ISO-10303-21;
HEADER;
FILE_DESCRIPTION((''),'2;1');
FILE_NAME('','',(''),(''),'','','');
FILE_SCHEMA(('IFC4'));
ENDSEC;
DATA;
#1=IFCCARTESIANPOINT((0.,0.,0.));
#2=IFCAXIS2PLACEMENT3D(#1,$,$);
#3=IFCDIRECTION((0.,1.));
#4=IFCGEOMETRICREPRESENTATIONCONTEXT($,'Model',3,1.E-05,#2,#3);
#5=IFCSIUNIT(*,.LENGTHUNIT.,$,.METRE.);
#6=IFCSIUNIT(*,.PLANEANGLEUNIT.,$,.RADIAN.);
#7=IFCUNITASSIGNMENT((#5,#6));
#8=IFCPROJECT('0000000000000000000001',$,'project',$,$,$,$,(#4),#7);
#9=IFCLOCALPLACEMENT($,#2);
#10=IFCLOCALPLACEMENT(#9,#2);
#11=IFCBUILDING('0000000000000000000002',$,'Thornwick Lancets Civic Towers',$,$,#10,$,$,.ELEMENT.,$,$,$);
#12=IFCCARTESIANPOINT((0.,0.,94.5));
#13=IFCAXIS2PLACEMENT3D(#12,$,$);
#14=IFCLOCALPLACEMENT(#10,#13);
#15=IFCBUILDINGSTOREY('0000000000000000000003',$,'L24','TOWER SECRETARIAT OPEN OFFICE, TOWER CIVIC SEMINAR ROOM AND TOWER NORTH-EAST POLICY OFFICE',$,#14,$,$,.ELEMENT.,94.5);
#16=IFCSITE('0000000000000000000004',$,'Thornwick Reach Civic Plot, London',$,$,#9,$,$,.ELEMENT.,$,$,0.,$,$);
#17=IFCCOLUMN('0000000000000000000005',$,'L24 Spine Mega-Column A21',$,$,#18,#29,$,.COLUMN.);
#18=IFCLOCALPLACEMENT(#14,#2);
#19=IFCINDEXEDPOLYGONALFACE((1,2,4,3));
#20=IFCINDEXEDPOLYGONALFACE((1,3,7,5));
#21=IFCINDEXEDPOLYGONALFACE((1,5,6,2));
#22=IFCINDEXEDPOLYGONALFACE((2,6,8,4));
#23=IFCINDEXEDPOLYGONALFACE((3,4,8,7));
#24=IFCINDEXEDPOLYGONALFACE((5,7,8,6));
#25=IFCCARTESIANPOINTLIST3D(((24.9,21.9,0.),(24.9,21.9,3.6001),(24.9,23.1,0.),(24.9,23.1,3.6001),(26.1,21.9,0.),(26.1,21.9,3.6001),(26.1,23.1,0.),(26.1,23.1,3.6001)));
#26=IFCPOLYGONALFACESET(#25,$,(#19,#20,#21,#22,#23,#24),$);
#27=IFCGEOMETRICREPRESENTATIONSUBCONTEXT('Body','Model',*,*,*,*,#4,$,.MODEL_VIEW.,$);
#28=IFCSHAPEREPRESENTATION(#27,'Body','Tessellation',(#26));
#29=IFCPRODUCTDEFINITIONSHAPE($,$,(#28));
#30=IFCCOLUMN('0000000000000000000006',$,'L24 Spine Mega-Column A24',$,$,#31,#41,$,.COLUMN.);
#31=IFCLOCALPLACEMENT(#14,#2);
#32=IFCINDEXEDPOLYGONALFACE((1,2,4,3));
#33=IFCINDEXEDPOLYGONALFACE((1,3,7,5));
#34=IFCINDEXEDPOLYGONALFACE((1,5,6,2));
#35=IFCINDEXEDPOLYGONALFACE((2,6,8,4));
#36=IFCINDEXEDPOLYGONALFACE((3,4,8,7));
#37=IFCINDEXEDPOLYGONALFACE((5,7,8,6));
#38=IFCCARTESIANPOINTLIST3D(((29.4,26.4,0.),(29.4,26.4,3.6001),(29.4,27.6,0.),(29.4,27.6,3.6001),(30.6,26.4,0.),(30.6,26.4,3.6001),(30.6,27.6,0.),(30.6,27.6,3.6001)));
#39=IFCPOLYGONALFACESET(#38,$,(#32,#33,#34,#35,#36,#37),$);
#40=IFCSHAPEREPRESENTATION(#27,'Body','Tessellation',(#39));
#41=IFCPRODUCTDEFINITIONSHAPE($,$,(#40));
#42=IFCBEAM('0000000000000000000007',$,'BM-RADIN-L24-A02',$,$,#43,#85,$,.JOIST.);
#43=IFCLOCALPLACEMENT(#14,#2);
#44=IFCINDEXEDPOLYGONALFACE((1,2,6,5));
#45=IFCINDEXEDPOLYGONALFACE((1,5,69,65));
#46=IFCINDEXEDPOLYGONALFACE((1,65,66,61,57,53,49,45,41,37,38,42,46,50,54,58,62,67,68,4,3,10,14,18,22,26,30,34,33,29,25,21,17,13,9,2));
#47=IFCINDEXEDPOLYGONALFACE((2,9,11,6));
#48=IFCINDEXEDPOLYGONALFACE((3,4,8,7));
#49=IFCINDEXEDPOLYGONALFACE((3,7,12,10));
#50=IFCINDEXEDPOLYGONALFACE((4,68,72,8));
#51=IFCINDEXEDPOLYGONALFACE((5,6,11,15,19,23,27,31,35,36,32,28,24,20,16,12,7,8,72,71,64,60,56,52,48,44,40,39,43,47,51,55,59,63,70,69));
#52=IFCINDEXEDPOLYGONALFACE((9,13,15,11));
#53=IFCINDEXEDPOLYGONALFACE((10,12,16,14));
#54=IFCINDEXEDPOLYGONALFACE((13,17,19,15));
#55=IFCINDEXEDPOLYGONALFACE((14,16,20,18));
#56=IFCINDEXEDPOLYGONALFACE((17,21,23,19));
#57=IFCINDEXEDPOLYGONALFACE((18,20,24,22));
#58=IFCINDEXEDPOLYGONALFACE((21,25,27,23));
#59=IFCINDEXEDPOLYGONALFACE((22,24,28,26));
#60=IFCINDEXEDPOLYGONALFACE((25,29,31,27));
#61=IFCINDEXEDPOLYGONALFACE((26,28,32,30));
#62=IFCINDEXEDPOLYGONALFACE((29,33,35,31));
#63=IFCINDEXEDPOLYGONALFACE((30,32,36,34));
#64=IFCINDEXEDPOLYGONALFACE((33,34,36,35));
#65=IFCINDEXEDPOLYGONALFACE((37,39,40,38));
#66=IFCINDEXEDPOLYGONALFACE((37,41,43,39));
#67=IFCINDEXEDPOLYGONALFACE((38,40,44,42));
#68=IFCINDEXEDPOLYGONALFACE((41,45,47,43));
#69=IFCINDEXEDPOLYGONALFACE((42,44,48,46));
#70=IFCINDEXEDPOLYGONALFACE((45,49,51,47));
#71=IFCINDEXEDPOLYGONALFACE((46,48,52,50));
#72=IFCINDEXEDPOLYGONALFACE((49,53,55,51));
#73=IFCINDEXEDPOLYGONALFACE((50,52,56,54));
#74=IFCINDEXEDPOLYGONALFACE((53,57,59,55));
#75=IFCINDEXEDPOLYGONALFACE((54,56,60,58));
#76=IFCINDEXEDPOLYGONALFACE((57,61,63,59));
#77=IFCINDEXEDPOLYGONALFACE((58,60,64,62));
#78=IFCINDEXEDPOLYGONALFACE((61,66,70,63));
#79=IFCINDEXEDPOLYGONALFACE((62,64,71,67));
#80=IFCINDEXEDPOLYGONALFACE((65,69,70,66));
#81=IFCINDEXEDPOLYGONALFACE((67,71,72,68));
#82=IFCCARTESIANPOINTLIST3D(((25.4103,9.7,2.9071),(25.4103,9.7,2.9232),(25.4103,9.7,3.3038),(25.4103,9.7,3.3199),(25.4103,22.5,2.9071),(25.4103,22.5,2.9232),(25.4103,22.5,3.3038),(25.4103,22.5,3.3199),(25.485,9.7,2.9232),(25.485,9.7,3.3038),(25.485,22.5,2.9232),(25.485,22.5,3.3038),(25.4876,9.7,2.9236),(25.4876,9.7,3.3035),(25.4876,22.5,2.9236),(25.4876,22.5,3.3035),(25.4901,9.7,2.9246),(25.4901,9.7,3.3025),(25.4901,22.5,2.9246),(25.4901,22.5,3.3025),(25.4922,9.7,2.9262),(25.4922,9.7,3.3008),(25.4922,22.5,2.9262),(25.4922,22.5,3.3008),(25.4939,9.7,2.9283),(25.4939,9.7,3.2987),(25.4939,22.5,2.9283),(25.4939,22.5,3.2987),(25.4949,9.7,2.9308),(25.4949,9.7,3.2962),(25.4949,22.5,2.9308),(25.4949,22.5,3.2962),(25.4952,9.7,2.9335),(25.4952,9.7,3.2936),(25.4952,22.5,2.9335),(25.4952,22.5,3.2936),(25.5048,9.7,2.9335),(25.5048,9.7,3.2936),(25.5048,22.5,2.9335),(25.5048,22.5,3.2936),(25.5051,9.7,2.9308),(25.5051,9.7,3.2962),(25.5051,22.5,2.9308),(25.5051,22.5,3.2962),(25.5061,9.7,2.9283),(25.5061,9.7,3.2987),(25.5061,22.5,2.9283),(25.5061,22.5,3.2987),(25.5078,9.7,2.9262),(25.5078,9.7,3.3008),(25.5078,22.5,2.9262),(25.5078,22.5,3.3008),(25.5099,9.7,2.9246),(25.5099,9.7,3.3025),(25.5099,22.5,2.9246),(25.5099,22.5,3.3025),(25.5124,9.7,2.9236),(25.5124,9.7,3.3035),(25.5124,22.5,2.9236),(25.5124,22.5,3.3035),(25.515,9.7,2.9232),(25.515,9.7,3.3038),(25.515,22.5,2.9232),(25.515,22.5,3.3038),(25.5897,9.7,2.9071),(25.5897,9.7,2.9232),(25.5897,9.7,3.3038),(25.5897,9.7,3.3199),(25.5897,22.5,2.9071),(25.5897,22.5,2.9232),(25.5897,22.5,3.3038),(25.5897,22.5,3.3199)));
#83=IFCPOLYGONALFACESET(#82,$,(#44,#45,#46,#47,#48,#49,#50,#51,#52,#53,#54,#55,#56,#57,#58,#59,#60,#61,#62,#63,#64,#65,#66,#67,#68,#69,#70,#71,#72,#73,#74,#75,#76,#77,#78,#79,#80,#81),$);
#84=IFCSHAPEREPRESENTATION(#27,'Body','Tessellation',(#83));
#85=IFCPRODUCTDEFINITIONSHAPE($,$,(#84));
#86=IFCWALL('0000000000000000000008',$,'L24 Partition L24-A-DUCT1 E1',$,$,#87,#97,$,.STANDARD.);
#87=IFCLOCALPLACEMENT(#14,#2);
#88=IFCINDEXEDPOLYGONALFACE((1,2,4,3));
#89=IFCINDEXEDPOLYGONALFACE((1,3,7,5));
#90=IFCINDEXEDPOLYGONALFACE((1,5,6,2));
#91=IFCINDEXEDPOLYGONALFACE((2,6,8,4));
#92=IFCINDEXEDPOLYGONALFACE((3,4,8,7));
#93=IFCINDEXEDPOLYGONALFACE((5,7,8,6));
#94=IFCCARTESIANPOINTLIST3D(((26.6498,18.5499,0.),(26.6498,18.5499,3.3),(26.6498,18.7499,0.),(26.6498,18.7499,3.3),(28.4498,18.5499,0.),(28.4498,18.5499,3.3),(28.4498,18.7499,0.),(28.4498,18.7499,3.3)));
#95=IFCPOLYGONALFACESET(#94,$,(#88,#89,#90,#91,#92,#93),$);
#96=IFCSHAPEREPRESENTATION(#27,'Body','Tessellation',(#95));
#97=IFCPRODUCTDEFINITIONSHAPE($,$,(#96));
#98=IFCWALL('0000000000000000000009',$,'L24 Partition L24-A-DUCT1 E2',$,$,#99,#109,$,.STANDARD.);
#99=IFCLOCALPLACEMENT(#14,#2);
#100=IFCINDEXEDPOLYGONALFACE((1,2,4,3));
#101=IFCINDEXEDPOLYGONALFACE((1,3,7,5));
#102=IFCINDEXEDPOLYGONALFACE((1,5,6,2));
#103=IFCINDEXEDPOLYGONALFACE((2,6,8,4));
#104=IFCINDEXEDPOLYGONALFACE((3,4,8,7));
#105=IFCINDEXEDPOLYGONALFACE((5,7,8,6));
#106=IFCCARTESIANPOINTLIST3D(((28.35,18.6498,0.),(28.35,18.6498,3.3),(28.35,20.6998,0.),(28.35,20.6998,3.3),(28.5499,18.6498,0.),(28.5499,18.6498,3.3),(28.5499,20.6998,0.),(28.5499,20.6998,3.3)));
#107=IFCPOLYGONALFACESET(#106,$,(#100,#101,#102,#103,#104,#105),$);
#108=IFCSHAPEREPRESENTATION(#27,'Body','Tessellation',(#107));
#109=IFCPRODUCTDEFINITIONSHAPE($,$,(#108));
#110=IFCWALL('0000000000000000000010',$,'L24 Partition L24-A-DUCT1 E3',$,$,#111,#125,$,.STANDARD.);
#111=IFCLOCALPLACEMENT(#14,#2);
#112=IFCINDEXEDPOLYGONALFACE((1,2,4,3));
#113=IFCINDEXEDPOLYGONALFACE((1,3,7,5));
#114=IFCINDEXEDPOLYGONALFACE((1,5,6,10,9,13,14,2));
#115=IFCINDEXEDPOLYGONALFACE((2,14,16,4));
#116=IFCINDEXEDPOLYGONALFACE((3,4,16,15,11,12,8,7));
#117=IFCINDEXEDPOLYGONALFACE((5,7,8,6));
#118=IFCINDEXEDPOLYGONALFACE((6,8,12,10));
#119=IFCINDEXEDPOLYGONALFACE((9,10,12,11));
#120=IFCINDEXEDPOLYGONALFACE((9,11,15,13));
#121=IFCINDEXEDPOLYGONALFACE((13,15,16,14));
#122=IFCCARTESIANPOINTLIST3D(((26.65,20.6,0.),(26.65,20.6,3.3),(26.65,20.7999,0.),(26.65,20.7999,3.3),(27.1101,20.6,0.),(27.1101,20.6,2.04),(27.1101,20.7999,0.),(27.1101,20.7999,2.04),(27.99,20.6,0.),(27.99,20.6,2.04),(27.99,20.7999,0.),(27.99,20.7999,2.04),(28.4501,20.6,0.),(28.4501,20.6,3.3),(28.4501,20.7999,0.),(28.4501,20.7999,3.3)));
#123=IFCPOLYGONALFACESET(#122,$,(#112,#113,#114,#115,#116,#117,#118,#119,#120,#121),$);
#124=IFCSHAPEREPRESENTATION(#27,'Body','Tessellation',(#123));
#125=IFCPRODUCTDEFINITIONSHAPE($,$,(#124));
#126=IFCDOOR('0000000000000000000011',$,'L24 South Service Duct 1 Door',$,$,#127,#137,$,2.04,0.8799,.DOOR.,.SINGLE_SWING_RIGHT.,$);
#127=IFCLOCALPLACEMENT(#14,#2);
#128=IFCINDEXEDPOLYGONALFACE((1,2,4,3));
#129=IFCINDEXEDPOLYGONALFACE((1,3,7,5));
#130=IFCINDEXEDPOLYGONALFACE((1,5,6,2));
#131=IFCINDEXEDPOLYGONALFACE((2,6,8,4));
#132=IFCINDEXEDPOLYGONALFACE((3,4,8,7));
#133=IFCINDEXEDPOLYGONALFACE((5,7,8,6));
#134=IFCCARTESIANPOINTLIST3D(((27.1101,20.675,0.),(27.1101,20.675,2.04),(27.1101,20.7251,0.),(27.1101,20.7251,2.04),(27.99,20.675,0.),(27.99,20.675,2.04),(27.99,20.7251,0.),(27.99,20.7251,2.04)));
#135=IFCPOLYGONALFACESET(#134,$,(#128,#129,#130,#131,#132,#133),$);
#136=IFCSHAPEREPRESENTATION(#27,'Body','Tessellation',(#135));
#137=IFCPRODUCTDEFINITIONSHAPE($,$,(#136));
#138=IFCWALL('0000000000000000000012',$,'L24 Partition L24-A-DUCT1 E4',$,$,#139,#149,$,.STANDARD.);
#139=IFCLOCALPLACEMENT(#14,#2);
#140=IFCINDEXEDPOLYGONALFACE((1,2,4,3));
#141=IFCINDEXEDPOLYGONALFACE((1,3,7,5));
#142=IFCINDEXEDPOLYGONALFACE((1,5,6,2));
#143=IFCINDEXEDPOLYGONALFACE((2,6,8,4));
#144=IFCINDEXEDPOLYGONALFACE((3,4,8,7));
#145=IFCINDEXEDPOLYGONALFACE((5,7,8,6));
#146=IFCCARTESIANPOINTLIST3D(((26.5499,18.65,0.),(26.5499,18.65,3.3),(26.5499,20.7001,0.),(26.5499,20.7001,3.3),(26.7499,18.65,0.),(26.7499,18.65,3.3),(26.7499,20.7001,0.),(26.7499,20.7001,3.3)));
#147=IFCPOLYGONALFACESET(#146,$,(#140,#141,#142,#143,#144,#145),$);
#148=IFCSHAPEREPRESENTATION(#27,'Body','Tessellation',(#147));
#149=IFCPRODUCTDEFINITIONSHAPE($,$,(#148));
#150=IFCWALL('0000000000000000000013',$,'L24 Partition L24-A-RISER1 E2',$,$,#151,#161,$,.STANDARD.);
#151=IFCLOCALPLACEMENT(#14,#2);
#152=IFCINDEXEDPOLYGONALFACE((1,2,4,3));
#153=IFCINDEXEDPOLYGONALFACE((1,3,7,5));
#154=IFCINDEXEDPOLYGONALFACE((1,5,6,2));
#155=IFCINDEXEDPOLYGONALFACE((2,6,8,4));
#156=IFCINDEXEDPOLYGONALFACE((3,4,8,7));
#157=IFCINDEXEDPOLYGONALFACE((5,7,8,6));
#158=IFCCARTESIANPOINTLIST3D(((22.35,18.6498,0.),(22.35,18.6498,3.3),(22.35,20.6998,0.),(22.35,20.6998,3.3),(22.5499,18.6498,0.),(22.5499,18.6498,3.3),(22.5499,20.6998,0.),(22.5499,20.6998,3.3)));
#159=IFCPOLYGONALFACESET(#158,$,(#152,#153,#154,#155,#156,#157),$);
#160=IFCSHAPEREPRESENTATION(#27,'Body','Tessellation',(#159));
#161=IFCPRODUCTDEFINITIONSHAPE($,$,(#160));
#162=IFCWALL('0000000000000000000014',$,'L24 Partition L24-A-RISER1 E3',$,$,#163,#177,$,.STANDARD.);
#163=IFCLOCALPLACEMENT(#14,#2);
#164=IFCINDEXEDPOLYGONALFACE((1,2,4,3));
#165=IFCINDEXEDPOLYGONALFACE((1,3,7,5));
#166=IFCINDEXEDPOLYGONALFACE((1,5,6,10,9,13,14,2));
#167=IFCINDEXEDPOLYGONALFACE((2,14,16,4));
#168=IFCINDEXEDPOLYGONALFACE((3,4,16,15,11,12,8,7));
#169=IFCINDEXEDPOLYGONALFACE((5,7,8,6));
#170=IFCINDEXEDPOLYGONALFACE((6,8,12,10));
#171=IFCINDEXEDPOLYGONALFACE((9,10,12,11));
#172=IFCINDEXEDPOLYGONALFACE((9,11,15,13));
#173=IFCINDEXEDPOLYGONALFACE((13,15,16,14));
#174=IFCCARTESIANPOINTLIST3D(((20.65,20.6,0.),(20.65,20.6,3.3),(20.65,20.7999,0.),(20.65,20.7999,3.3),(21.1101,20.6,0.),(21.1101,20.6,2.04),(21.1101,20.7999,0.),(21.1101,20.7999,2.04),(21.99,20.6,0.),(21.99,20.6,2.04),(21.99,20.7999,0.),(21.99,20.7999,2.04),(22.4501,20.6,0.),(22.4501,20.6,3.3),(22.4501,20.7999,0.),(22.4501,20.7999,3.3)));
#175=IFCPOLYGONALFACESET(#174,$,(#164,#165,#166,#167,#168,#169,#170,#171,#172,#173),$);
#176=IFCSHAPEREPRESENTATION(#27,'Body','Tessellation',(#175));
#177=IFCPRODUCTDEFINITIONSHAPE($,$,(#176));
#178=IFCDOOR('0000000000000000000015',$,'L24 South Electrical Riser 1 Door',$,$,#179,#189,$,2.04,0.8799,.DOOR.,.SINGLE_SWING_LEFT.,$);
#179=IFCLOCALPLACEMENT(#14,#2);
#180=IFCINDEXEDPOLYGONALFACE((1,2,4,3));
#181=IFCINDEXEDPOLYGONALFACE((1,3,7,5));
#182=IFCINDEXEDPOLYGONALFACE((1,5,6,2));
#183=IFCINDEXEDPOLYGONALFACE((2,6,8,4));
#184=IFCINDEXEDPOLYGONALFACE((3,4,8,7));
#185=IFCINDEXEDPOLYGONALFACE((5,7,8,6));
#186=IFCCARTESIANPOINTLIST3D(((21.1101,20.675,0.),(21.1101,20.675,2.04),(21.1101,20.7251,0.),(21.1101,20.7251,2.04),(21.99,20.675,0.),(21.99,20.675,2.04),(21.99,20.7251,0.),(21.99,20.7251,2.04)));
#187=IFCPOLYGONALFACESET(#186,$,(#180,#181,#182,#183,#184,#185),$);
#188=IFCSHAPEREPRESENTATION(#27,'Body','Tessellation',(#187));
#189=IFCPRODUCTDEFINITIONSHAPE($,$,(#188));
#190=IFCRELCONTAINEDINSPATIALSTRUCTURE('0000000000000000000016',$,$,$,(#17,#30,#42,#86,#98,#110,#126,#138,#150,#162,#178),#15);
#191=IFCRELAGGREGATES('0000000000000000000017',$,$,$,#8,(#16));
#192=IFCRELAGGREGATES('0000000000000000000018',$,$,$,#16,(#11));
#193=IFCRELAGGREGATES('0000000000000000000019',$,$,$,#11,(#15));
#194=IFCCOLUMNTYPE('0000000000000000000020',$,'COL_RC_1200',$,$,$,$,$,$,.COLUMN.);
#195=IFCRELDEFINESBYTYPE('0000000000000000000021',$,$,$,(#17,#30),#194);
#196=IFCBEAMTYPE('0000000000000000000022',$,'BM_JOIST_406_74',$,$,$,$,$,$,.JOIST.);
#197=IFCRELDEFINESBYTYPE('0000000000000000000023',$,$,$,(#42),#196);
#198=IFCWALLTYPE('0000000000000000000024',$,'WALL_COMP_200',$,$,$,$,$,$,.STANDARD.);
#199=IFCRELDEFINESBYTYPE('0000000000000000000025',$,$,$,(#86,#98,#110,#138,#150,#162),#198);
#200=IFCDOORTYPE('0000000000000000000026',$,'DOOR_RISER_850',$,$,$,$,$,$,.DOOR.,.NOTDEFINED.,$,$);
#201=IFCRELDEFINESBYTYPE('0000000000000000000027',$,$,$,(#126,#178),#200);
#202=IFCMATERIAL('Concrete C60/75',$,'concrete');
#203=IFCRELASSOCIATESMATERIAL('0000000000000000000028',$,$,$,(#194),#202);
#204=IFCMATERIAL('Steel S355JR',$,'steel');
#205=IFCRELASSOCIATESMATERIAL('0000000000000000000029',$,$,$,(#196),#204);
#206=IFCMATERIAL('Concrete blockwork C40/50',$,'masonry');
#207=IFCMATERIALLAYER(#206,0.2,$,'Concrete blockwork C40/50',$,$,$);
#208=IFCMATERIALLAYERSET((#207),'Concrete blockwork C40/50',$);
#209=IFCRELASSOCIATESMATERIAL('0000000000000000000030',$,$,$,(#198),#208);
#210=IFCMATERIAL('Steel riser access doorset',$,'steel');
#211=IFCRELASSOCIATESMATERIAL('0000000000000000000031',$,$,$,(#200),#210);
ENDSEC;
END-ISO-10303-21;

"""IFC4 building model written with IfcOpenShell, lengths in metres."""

from ifc_helpers import new_model, si_unit, direction, frame, frame_2d, origin, origin_2d, place, context, subcontext, project, spatial, rectangle, i_section, extrude, material, layer, layer_set, material_profile, profile_set, type_object, element, fill, save


model = new_model("IFC4")

# Units and contexts
model_context = context("Model", 3, precision=1e-05, world=origin(), true_north=direction((0.0, 1.0)))
body_context = subcontext(model_context, "Body", "Model", "MODEL_VIEW")
ifc_project = project(units=[si_unit("LENGTHUNIT", "METRE"), si_unit("PLANEANGLEUNIT", "RADIAN")], contexts=[model_context])

# Site, building, storey
site_placement = place(None, origin())
site = spatial("IfcSite", under=ifc_project, at=site_placement, Name="Thornwick Reach Civic Plot, London", CompositionType="ELEMENT", RefElevation=0.0)
building_placement = place(site_placement, origin())
building = spatial("IfcBuilding", under=site, at=building_placement, Name="Thornwick Lancets Civic Towers", CompositionType="ELEMENT")
storey_placement = place(building_placement, frame((0.0, 0.0, 94.5)))
storey = spatial("IfcBuildingStorey", under=building, at=storey_placement, Name="L24", Description="TOWER SECRETARIAT OPEN OFFICE, TOWER CIVIC SEMINAR ROOM AND TOWER NORTH-EAST POLICY OFFICE", CompositionType="ELEMENT", Elevation=94.5)

# Columns
ifc_material_1 = material(Name="Concrete C60/75", Category="concrete")
ifc_material_profile_1 = material_profile(ifc_material_1, rectangle(XDim=1.2, YDim=1.2, at=origin_2d()), Name="RC 1200x1200")
ifc_profile_set_1 = profile_set([ifc_material_profile_1], Name="Concrete C60/75")
column_type = type_object("IfcColumnType", Name="COL_RC_1200", PredefinedType="COLUMN", material=ifc_profile_set_1)
for number, where, z_axis, x_axis, name in (
    (1, (25.5, 22.5, 0.0), (0.0, 0.0, 1.0), (1.0, 0.0, 0.0), "L24 Spine Mega-Column A21"),
    (2, (30.0, 27.0, 0.0), (0.0, 0.0, 1.0), (1.0, 0.0, 0.0), "L24 Spine Mega-Column A24"),
):
    element("IfcColumn", number, at=place(storey_placement, frame(where, z_axis=z_axis, x_axis=x_axis)), inside=storey, type_object=column_type, Name=name, PredefinedType="COLUMN", context=body_context, shape_type="SweptSolid", body=[
        extrude(rectangle(XDim=1.2, YDim=1.2, at=origin_2d()), origin(), (0.0, 0.0, 1.0), 3.6001),
    ])

# Beam
ifc_material_2 = material(Name="Steel S355JR", Category="steel")
ifc_material_profile_2 = material_profile(ifc_material_2, i_section(OverallWidth=0.1794, OverallDepth=0.4128, WebThickness=0.0095, FlangeThickness=0.0161, FilletRadius=0.0103, at=origin_2d()), Name="UKB 406x178x74")
ifc_profile_set_2 = profile_set([ifc_material_profile_2], Name="Steel S355JR")
beam_type = type_object("IfcBeamType", Name="BM_JOIST_406_74", PredefinedType="JOIST", material=ifc_profile_set_2)
beam_placement = place(storey_placement, frame((25.5, 22.5, 3.1135), z_axis=(0.0, -1.0, 0.0), x_axis=(1.0, 0.0, 0.0)))
element("IfcBeam", 3, at=beam_placement, inside=storey, type_object=beam_type, Name="BM-RADIN-L24-A02", PredefinedType="JOIST", context=body_context, shape_type="SweptSolid", body=[
    extrude(i_section(OverallWidth=0.1794, OverallDepth=0.4128, WebThickness=0.0095, FlangeThickness=0.0161, FilletRadius=0.0103, at=origin_2d()), origin(), (0.0, 0.0, 1.0), 12.8),
])

# Walls
ifc_material_3 = material(Name="Concrete blockwork C40/50", Category="masonry")
ifc_layer_1 = layer(ifc_material_3, 0.2, Name="Concrete blockwork C40/50")
ifc_layer_set_1 = layer_set([ifc_layer_1], Name="Concrete blockwork C40/50")
wall_type_1 = type_object("IfcWallType", Name="WALL_COMP_200", PredefinedType="STANDARD", material=ifc_layer_set_1)
wall_1_placement = place(storey_placement, frame((26.6499, 18.6499, 0.0), z_axis=(0.0, 0.0, 1.0), x_axis=(1.0, 0.0, 0.0)))
element("IfcWall", 4, at=wall_1_placement, inside=storey, type_object=wall_type_1, Name="L24 Partition L24-A-DUCT1 E1", PredefinedType="STANDARD", context=body_context, shape_type="SweptSolid", body=[
    extrude(rectangle(XDim=1.8, YDim=0.2, at=frame_2d((0.8999, 0.0))), origin(), (0.0, 0.0, 1.0), 3.3),
])
wall_2_placement = place(storey_placement, frame((28.45, 18.6499, 0.0), z_axis=(0.0, 0.0, 1.0), x_axis=(0.0, 1.0, 0.0)))
element("IfcWall", 5, at=wall_2_placement, inside=storey, type_object=wall_type_1, Name="L24 Partition L24-A-DUCT1 E2", PredefinedType="STANDARD", context=body_context, shape_type="SweptSolid", body=[
    extrude(rectangle(XDim=2.05, YDim=0.2, at=frame_2d((1.0249, 0.0))), origin(), (0.0, 0.0, 1.0), 3.3),
])

# Wall, opening, door
wall_3_placement = place(storey_placement, frame((28.45, 20.7, 0.0), z_axis=(0.0, 0.0, 1.0), x_axis=(-1.0, 0.0, 0.0)))
wall_3 = element("IfcWall", 6, at=wall_3_placement, inside=storey, type_object=wall_type_1, Name="L24 Partition L24-A-DUCT1 E3", PredefinedType="STANDARD", context=body_context, shape_type="SweptSolid", body=[
    extrude(rectangle(XDim=1.8, YDim=0.2, at=frame_2d((0.8999, 0.0))), origin(), (0.0, 0.0, 1.0), 3.3),
])
opening_1_placement = place(wall_3_placement, frame((0.46, 0.0, 0.0)))
opening_1 = element("IfcOpeningElement", 7, at=opening_1_placement, cuts=wall_3, PredefinedType="OPENING", context=body_context, shape_type="SweptSolid", body=[
    extrude(rectangle(XDim=0.8799, YDim=2.04, at=frame_2d((0.4399, 1.02))), frame((0.0, 0.1099, 0.0), z_axis=(0.0, -1.0, 0.0), x_axis=(1.0, 0.0, 0.0)), (0.0, 0.0, 1.0), 0.22),
])
ifc_material_4 = material(Name="Steel riser access doorset", Category="steel")
door_type_1 = type_object("IfcDoorType", Name="DOOR_RISER_850", OperationType="NOTDEFINED", PredefinedType="DOOR", material=ifc_material_4)
door_1_placement = place(opening_1_placement, origin())
door_1 = element("IfcDoor", 8, at=door_1_placement, inside=storey, type_object=door_type_1, Name="L24 South Service Duct 1 Door", OperationType="SINGLE_SWING_RIGHT", OverallHeight=2.04, OverallWidth=0.8799, PredefinedType="DOOR", context=body_context, shape_type="SweptSolid", body=[
    extrude(rectangle(XDim=0.8799, YDim=2.04, at=frame_2d((0.4399, 1.02))), frame((0.0, 0.0249, 0.0), z_axis=(0.0, -1.0, 0.0), x_axis=(1.0, 0.0, 0.0)), (0.0, 0.0, 1.0), 0.05),
])
fill(opening_1, door_1)

# Walls
for number, where, z_axis, x_axis, name in (
    (9, (26.6499, 20.7, 0.0), (0.0, 0.0, 1.0), (0.0, -1.0, 0.0), "L24 Partition L24-A-DUCT1 E4"),
    (10, (22.45, 18.6499, 0.0), (0.0, 0.0, 1.0), (0.0, 1.0, 0.0), "L24 Partition L24-A-RISER1 E2"),
):
    element("IfcWall", number, at=place(storey_placement, frame(where, z_axis=z_axis, x_axis=x_axis)), inside=storey, type_object=wall_type_1, Name=name, PredefinedType="STANDARD", context=body_context, shape_type="SweptSolid", body=[
        extrude(rectangle(XDim=2.05, YDim=0.2, at=frame_2d((1.0249, 0.0))), origin(), (0.0, 0.0, 1.0), 3.3),
    ])

# Wall, opening, door
wall_4_placement = place(storey_placement, frame((22.45, 20.7, 0.0), z_axis=(0.0, 0.0, 1.0), x_axis=(-1.0, 0.0, 0.0)))
wall_4 = element("IfcWall", 11, at=wall_4_placement, inside=storey, type_object=wall_type_1, Name="L24 Partition L24-A-RISER1 E3", PredefinedType="STANDARD", context=body_context, shape_type="SweptSolid", body=[
    extrude(rectangle(XDim=1.8, YDim=0.2, at=frame_2d((0.8999, 0.0))), origin(), (0.0, 0.0, 1.0), 3.3),
])
opening_2_placement = place(wall_4_placement, frame((0.46, 0.0, 0.0)))
opening_2 = element("IfcOpeningElement", 12, at=opening_2_placement, cuts=wall_4, PredefinedType="OPENING", context=body_context, shape_type="SweptSolid", body=[
    extrude(rectangle(XDim=0.8799, YDim=2.04, at=frame_2d((0.4399, 1.02))), frame((0.0, 0.1099, 0.0), z_axis=(0.0, -1.0, 0.0), x_axis=(1.0, 0.0, 0.0)), (0.0, 0.0, 1.0), 0.22),
])
door_2_placement = place(opening_2_placement, origin())
door_2 = element("IfcDoor", 13, at=door_2_placement, inside=storey, type_object=door_type_1, Name="L24 South Electrical Riser 1 Door", OperationType="SINGLE_SWING_LEFT", OverallHeight=2.04, OverallWidth=0.8799, PredefinedType="DOOR", context=body_context, shape_type="SweptSolid", body=[
    extrude(rectangle(XDim=0.8799, YDim=2.04, at=frame_2d((0.4399, 1.02))), frame((0.0, 0.0249, 0.0), z_axis=(0.0, -1.0, 0.0), x_axis=(1.0, 0.0, 0.0)), (0.0, 0.0, 1.0), 0.05),
])
fill(opening_2, door_2)

save(model, "model.ifc")
